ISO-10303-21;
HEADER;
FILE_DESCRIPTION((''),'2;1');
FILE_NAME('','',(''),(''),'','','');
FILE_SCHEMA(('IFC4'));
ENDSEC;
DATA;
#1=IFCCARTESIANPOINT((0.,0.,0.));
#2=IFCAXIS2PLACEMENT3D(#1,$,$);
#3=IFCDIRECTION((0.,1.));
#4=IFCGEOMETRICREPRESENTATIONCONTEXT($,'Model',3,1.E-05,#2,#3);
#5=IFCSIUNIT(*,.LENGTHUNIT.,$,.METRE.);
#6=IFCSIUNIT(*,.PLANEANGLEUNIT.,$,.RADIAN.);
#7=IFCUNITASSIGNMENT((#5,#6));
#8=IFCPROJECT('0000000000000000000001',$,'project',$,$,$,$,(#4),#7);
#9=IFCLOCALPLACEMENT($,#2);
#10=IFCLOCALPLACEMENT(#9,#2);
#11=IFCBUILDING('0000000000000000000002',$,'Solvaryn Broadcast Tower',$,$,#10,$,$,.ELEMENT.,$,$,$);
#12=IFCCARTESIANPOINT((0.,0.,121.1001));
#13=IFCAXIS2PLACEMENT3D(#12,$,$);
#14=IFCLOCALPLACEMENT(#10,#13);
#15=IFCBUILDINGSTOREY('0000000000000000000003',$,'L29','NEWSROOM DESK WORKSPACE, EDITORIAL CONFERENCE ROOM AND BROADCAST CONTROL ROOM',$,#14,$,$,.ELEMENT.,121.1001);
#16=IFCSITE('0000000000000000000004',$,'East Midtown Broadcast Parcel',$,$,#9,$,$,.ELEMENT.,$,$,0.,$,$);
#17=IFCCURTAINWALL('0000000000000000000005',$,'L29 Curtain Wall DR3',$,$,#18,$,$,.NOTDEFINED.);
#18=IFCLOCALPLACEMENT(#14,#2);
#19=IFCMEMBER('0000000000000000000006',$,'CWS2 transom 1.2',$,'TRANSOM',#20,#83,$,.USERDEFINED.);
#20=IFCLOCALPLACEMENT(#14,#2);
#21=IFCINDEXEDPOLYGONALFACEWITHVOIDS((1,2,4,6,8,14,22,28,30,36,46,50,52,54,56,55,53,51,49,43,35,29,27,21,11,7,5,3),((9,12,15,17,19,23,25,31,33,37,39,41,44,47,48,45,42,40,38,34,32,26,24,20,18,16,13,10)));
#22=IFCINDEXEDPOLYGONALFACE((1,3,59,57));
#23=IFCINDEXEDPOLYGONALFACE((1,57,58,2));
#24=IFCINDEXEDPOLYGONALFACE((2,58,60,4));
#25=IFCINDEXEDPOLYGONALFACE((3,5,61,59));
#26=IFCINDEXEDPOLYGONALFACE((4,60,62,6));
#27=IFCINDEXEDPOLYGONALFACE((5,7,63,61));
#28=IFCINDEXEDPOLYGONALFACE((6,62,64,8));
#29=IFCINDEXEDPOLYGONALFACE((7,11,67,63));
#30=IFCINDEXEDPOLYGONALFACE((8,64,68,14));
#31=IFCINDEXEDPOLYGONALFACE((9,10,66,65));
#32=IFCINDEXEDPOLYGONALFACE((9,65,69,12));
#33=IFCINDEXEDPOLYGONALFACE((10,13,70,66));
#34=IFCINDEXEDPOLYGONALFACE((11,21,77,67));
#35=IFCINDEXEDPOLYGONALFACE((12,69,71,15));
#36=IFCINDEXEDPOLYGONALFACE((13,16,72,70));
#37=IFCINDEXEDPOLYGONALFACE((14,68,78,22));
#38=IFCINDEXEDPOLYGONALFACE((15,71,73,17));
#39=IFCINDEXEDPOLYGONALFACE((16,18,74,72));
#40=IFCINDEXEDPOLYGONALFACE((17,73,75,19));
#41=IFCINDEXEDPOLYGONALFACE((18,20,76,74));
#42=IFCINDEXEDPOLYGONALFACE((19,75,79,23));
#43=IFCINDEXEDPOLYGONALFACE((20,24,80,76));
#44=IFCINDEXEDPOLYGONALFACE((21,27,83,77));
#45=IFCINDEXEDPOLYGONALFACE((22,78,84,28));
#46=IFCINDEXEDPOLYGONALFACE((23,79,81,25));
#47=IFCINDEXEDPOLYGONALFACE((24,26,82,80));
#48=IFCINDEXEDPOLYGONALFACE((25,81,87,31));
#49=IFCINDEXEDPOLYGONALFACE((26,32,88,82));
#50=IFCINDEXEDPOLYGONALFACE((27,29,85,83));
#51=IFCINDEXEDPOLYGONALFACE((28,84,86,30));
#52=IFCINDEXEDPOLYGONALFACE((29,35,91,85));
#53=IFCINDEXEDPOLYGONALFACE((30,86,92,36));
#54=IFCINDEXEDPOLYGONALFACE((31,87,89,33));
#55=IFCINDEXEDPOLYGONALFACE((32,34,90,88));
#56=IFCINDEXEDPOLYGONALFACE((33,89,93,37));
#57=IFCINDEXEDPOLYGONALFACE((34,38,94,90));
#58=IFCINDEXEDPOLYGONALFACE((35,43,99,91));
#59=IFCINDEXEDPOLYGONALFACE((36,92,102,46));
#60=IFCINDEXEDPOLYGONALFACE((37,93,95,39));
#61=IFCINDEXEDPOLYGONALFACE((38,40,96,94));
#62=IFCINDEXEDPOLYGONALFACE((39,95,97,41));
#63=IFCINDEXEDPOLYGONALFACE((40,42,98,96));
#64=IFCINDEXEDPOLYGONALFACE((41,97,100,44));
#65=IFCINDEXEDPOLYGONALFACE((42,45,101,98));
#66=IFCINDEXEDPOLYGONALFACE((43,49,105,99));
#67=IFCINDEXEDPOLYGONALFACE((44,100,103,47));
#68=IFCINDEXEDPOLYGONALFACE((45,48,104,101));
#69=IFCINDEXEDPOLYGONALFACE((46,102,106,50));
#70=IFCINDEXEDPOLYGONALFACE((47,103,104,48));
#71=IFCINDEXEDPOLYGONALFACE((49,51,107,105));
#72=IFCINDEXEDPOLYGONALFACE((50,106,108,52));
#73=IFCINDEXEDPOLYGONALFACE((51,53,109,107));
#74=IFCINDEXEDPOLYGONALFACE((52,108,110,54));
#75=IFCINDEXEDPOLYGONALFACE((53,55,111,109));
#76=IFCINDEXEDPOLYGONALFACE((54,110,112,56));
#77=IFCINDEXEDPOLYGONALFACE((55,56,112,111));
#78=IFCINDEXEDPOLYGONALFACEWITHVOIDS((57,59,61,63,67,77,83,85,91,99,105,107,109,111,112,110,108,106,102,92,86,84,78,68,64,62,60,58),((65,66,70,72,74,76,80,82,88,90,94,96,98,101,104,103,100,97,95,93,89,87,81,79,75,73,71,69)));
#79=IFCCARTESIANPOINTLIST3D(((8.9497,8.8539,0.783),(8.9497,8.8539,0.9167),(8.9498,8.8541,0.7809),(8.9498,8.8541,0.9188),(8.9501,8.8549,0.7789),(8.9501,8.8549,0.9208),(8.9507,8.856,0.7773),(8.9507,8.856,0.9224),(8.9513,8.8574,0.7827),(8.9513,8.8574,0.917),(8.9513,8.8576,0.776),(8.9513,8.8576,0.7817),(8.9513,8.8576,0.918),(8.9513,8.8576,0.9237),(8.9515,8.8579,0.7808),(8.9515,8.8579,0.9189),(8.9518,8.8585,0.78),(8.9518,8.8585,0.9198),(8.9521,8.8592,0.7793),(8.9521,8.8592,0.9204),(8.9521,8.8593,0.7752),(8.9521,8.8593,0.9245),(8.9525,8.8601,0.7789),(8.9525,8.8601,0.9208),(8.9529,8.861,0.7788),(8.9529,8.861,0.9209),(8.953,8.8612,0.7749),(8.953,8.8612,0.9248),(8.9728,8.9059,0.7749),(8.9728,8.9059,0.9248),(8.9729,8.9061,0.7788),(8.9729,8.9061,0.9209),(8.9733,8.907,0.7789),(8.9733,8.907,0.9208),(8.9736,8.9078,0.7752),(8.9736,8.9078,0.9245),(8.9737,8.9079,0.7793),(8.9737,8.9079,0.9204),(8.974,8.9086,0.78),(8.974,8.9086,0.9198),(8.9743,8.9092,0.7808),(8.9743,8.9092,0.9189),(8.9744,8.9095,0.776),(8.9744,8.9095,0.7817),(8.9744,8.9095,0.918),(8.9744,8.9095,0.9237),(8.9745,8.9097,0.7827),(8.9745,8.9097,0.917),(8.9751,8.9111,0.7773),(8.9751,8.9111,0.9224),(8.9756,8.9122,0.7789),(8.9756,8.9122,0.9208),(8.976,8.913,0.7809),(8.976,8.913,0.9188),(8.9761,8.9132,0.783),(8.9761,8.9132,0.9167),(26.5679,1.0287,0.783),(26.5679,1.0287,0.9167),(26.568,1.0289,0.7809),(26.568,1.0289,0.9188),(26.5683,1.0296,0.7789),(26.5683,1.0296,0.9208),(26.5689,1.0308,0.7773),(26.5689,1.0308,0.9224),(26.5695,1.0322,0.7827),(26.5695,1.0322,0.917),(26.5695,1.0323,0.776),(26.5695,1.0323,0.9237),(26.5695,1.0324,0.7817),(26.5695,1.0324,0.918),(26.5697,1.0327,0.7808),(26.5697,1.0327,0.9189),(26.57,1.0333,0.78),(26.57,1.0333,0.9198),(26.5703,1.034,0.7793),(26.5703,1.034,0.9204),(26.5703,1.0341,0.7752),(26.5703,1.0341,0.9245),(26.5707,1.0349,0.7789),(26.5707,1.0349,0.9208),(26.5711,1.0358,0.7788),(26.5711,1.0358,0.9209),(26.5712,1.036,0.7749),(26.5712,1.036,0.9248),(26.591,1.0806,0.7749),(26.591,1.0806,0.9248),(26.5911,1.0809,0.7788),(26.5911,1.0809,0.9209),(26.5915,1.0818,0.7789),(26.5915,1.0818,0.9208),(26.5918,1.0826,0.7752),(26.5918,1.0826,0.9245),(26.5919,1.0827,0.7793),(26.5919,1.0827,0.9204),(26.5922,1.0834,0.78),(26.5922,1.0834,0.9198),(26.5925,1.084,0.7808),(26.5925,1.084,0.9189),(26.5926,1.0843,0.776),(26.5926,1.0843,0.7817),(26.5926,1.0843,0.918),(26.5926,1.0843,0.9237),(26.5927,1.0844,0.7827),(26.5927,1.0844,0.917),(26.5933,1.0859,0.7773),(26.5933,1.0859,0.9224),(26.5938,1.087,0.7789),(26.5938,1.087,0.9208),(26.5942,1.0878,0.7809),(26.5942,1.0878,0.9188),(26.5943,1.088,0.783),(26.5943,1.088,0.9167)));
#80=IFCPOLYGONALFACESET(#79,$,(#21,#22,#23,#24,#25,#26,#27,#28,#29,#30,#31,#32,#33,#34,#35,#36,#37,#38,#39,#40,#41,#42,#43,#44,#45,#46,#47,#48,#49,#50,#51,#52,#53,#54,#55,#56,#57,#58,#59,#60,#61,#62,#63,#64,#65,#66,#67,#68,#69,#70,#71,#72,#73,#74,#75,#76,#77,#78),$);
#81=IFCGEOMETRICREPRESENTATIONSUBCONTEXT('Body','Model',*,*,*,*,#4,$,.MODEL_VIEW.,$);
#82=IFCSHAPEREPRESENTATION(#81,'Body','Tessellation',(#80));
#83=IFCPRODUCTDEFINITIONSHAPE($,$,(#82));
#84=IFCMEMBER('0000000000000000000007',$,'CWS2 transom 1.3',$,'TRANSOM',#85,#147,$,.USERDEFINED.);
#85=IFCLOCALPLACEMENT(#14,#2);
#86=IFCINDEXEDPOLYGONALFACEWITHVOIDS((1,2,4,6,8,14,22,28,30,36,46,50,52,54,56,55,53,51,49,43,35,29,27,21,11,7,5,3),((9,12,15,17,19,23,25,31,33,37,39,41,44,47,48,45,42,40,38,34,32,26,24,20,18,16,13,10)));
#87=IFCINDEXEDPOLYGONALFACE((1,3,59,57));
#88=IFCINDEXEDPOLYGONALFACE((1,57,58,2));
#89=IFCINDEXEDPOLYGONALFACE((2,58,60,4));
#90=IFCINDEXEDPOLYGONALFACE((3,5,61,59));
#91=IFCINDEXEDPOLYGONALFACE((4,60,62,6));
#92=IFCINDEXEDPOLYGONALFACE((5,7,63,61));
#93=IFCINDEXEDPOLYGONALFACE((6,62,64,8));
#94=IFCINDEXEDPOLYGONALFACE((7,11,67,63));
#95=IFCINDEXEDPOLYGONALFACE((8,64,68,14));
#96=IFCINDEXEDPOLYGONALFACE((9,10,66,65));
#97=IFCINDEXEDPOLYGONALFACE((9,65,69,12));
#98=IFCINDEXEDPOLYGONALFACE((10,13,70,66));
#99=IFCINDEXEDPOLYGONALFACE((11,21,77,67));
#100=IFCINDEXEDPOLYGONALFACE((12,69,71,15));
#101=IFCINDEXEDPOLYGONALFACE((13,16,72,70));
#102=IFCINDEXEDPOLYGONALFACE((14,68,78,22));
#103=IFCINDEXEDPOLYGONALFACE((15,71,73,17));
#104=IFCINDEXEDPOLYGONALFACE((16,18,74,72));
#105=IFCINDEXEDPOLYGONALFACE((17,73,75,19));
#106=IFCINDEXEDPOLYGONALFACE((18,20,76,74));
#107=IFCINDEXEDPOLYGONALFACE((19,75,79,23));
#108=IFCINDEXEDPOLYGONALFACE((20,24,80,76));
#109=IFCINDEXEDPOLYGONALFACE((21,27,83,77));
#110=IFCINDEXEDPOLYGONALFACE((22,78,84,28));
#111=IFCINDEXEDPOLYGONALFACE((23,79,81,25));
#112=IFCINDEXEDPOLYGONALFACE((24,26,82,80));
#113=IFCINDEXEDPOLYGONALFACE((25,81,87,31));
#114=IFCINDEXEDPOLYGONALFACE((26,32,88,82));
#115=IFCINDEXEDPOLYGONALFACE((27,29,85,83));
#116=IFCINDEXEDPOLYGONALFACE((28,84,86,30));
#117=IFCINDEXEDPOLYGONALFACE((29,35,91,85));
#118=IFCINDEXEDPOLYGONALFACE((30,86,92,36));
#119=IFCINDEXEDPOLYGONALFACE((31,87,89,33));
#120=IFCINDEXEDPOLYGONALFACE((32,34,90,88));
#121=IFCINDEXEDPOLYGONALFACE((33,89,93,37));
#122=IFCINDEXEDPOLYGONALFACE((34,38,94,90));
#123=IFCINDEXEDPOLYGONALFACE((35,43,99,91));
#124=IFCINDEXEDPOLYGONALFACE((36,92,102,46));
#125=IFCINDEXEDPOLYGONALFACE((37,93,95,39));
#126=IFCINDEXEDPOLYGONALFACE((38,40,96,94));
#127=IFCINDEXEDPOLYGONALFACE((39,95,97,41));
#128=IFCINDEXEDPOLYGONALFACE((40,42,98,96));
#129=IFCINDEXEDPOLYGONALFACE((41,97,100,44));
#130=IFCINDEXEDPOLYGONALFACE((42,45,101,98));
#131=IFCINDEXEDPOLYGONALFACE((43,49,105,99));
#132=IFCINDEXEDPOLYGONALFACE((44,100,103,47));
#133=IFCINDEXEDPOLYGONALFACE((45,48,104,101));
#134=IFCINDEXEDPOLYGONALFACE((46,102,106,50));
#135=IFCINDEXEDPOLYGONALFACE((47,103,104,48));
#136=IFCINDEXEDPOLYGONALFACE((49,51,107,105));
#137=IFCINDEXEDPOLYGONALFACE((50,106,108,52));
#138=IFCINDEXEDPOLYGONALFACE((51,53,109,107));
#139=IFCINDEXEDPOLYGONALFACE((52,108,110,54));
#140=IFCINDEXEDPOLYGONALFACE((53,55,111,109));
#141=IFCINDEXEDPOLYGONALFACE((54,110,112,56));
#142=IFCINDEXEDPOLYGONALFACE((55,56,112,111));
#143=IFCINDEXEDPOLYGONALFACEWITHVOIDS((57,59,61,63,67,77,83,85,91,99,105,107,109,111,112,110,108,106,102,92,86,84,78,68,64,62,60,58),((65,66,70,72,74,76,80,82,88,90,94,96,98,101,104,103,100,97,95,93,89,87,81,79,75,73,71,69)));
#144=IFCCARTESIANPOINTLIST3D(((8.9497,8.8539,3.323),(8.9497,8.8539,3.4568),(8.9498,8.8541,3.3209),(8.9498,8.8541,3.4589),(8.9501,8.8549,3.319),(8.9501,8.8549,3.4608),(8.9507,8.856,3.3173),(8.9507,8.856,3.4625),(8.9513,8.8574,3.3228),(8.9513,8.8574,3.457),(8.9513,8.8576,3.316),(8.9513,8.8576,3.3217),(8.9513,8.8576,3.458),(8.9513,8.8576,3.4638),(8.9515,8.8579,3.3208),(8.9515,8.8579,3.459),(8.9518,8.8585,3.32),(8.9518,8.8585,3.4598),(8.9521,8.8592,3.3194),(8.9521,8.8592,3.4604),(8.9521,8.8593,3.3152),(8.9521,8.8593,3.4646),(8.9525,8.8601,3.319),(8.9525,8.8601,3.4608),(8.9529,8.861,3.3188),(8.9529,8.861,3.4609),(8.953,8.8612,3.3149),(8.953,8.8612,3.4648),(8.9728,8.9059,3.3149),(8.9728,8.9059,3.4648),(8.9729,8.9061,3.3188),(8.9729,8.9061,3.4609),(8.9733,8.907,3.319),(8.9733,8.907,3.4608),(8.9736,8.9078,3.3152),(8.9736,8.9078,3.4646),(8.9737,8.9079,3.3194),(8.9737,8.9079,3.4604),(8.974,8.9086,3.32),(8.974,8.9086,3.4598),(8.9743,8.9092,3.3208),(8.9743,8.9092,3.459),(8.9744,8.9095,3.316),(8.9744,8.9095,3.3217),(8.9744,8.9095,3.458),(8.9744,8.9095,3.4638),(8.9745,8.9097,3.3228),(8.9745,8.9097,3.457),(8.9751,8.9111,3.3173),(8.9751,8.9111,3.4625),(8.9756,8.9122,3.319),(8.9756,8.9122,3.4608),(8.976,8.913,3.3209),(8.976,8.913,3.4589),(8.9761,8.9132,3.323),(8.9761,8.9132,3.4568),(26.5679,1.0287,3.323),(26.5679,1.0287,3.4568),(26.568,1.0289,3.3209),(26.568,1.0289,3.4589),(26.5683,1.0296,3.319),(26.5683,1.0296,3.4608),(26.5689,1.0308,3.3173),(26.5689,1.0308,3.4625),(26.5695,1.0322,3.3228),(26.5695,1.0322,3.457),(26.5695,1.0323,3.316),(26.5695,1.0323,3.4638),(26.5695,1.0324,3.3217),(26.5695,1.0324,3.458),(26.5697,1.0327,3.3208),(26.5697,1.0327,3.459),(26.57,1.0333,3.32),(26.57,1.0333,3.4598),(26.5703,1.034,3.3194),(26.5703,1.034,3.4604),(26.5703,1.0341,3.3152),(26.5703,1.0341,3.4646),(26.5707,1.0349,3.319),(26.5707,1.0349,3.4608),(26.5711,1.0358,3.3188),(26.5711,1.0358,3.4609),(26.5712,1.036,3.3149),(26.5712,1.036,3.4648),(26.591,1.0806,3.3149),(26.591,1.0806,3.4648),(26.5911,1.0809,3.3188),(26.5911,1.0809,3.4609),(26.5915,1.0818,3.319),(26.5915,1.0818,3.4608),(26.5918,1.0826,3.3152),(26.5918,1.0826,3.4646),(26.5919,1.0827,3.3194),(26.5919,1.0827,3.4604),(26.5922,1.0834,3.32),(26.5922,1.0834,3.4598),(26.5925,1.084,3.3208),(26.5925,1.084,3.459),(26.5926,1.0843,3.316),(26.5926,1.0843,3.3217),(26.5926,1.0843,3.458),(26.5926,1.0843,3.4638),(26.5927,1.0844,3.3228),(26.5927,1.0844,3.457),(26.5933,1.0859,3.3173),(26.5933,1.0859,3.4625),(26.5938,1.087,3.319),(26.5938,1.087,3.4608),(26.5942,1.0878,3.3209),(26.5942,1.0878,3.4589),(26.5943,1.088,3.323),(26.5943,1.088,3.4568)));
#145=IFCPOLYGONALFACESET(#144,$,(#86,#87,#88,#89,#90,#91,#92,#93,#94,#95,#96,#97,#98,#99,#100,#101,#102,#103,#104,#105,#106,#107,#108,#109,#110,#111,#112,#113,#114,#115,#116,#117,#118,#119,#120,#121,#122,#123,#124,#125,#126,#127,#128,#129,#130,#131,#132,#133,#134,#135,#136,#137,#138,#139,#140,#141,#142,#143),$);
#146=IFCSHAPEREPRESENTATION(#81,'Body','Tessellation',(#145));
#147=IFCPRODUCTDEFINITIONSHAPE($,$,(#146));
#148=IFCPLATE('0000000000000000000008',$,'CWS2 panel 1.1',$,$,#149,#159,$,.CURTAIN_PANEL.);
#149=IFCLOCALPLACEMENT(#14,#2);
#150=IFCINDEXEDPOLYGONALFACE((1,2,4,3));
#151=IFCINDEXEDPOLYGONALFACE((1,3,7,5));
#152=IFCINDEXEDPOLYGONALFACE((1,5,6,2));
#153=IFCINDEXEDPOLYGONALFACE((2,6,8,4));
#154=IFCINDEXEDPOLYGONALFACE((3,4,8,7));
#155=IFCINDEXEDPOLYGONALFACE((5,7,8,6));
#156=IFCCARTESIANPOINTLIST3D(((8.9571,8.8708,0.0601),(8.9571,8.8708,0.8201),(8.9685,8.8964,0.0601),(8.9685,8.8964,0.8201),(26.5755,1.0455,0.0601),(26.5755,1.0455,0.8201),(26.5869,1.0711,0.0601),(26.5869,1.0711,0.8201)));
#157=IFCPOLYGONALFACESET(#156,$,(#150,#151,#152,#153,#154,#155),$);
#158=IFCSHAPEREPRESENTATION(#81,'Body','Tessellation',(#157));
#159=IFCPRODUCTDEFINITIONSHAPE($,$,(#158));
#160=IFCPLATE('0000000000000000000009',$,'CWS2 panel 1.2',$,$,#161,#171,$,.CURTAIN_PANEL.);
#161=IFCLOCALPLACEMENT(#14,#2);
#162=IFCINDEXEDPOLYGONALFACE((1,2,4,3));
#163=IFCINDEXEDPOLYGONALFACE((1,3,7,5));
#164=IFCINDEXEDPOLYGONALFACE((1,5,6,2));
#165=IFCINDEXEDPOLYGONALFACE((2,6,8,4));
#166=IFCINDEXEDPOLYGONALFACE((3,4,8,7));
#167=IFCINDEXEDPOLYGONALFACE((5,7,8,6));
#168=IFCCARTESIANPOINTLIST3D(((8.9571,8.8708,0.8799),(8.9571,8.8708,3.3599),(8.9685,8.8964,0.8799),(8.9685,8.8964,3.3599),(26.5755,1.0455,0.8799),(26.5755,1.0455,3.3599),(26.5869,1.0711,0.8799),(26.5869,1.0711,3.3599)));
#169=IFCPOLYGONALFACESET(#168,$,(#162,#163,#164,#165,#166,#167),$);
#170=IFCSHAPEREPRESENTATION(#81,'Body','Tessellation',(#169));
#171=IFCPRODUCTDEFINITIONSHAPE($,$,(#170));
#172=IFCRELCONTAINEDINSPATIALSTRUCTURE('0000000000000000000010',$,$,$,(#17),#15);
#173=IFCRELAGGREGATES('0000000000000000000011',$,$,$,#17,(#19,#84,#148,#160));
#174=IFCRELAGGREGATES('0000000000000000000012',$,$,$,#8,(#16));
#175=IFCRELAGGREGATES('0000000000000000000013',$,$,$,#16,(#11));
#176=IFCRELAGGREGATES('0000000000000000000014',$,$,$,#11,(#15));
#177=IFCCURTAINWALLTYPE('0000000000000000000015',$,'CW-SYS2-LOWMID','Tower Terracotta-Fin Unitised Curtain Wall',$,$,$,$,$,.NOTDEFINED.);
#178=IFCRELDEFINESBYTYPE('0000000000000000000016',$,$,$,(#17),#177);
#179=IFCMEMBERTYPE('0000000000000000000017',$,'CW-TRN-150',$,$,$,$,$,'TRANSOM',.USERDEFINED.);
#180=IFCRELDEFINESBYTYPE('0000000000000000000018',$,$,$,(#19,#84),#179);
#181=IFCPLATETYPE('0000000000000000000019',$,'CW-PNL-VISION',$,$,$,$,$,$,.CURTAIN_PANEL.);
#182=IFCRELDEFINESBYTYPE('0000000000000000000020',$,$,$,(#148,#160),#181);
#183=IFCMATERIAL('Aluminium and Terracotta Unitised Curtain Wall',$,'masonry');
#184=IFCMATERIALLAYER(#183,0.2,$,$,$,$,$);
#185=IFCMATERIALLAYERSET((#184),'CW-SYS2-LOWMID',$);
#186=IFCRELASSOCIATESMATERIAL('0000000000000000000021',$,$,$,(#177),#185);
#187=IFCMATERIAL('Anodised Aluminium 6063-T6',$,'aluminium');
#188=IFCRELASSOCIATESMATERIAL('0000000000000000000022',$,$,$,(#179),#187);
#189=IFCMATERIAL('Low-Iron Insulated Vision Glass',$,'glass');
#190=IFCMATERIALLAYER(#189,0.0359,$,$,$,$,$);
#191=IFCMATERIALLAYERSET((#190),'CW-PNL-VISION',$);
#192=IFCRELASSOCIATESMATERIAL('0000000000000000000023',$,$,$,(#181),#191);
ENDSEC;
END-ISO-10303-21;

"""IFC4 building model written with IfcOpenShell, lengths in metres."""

from ifc_helpers import new_model, si_unit, direction, frame, origin, origin_2d, place, context, subcontext, project, spatial, rectangle, hollow_rectangle, extrude, material, layer, layer_set, material_profile, profile_set, type_object, element, aggregate, save


model = new_model("IFC4")

# Units and contexts
model_context = context("Model", 3, precision=1e-05, world=origin(), true_north=direction((0.0, 1.0)))
body_context = subcontext(model_context, "Body", "Model", "MODEL_VIEW")
ifc_project = project(units=[si_unit("LENGTHUNIT", "METRE"), si_unit("PLANEANGLEUNIT", "RADIAN")], contexts=[model_context])

# Site, building, storey
site_placement = place(None, origin())
site = spatial("IfcSite", under=ifc_project, at=site_placement, Name="East Midtown Broadcast Parcel", CompositionType="ELEMENT", RefElevation=0.0)
building_placement = place(site_placement, origin())
building = spatial("IfcBuilding", under=site, at=building_placement, Name="Solvaryn Broadcast Tower", CompositionType="ELEMENT")
storey_placement = place(building_placement, frame((0.0, 0.0, 121.1001)))
storey = spatial("IfcBuildingStorey", under=building, at=storey_placement, Name="L29", Description="NEWSROOM DESK WORKSPACE, EDITORIAL CONFERENCE ROOM AND BROADCAST CONTROL ROOM", CompositionType="ELEMENT", Elevation=121.1001)

# Shared definitions
ifc_material_1 = material(Name="Aluminium and Terracotta Unitised Curtain Wall", Category="masonry")
ifc_layer_1 = layer(ifc_material_1, 0.2)
ifc_layer_set_1 = layer_set([ifc_layer_1], Name="CW-SYS2-LOWMID")
curtain_wall_type = type_object("IfcCurtainWallType", Name="CW-SYS2-LOWMID", Description="Tower Terracotta-Fin Unitised Curtain Wall", PredefinedType="NOTDEFINED", material=ifc_layer_set_1)

# Curtain wall, members, plates
curtain_wall_1_placement = place(storey_placement, origin())
curtain_wall_1 = element("IfcCurtainWall", 1, at=curtain_wall_1_placement, inside=storey, type_object=curtain_wall_type, Name="L29 Curtain Wall DR3", PredefinedType="NOTDEFINED")
ifc_material_2 = material(Name="Anodised Aluminium 6063-T6", Category="aluminium")
ifc_material_profile_1 = material_profile(ifc_material_2, hollow_rectangle(XDim=0.0649, YDim=0.1499, WallThickness=0.0039, InnerFilletRadius=0.0039, OuterFilletRadius=0.0081, at=origin_2d()))
ifc_profile_set_1 = profile_set([ifc_material_profile_1], Name="Anodised Aluminium 6063-T6")
member_type_1 = type_object("IfcMemberType", Name="CW-TRN-150", ElementType="TRANSOM", PredefinedType="USERDEFINED", material=ifc_profile_set_1)
member_1_placement = place(storey_placement, frame((8.9629, 8.8835, 0.8499), z_axis=(0.91391, -0.405918, 0.0), x_axis=(0.405918, 0.91391, 0.0)))
member_1 = element("IfcMember", 2, at=member_1_placement, type_object=member_type_1, Name="CWS2 transom 1.2", ObjectType="TRANSOM", PredefinedType="USERDEFINED", context=body_context, shape_type="SweptSolid", body=[
    extrude(hollow_rectangle(XDim=0.0649, YDim=0.1499, WallThickness=0.0039, InnerFilletRadius=0.0039, OuterFilletRadius=0.0081, at=origin_2d()), origin(), (0.0, 0.0, 1.0), 19.2778),
])
member_2_placement = place(storey_placement, frame((8.9629, 8.8835, 3.3899), z_axis=(0.91391, -0.405918, 0.0), x_axis=(0.405918, 0.91391, 0.0)))
member_2 = element("IfcMember", 3, at=member_2_placement, type_object=member_type_1, Name="CWS2 transom 1.3", ObjectType="TRANSOM", PredefinedType="USERDEFINED", context=body_context, shape_type="SweptSolid", body=[
    extrude(hollow_rectangle(XDim=0.0649, YDim=0.1499, WallThickness=0.0039, InnerFilletRadius=0.0039, OuterFilletRadius=0.0081, at=origin_2d()), origin(), (0.0, 0.0, 1.0), 19.2778),
])
ifc_material_3 = material(Name="Low-Iron Insulated Vision Glass", Category="glass")
ifc_layer_2 = layer(ifc_material_3, 0.0359)
ifc_layer_set_2 = layer_set([ifc_layer_2], Name="CW-PNL-VISION")
plate_type = type_object("IfcPlateType", Name="CW-PNL-VISION", PredefinedType="CURTAIN_PANEL", material=ifc_layer_set_2)
plate_1_placement = place(storey_placement, frame((17.772, 4.9709, 0.0601), z_axis=(0.0, 0.0, 1.0), x_axis=(0.913909, -0.405918, 0.0)))
plate_1 = element("IfcPlate", 4, at=plate_1_placement, type_object=plate_type, Name="CWS2 panel 1.1", PredefinedType="CURTAIN_PANEL", context=body_context, shape_type="SweptSolid", body=[
    extrude(rectangle(XDim=19.2781, YDim=0.0281, at=origin_2d()), origin(), (0.0, 0.0, 1.0), 0.76),
])
plate_2_placement = place(storey_placement, frame((17.772, 4.9709, 0.8799), z_axis=(0.0, 0.0, 1.0), x_axis=(0.913909, -0.405918, 0.0)))
plate_2 = element("IfcPlate", 5, at=plate_2_placement, type_object=plate_type, Name="CWS2 panel 1.2", PredefinedType="CURTAIN_PANEL", context=body_context, shape_type="SweptSolid", body=[
    extrude(rectangle(XDim=19.2781, YDim=0.0281, at=origin_2d()), origin(), (0.0, 0.0, 1.0), 2.48),
])
aggregate(curtain_wall_1, [member_1, member_2, plate_1, plate_2])

save(model, "model.ifc")
